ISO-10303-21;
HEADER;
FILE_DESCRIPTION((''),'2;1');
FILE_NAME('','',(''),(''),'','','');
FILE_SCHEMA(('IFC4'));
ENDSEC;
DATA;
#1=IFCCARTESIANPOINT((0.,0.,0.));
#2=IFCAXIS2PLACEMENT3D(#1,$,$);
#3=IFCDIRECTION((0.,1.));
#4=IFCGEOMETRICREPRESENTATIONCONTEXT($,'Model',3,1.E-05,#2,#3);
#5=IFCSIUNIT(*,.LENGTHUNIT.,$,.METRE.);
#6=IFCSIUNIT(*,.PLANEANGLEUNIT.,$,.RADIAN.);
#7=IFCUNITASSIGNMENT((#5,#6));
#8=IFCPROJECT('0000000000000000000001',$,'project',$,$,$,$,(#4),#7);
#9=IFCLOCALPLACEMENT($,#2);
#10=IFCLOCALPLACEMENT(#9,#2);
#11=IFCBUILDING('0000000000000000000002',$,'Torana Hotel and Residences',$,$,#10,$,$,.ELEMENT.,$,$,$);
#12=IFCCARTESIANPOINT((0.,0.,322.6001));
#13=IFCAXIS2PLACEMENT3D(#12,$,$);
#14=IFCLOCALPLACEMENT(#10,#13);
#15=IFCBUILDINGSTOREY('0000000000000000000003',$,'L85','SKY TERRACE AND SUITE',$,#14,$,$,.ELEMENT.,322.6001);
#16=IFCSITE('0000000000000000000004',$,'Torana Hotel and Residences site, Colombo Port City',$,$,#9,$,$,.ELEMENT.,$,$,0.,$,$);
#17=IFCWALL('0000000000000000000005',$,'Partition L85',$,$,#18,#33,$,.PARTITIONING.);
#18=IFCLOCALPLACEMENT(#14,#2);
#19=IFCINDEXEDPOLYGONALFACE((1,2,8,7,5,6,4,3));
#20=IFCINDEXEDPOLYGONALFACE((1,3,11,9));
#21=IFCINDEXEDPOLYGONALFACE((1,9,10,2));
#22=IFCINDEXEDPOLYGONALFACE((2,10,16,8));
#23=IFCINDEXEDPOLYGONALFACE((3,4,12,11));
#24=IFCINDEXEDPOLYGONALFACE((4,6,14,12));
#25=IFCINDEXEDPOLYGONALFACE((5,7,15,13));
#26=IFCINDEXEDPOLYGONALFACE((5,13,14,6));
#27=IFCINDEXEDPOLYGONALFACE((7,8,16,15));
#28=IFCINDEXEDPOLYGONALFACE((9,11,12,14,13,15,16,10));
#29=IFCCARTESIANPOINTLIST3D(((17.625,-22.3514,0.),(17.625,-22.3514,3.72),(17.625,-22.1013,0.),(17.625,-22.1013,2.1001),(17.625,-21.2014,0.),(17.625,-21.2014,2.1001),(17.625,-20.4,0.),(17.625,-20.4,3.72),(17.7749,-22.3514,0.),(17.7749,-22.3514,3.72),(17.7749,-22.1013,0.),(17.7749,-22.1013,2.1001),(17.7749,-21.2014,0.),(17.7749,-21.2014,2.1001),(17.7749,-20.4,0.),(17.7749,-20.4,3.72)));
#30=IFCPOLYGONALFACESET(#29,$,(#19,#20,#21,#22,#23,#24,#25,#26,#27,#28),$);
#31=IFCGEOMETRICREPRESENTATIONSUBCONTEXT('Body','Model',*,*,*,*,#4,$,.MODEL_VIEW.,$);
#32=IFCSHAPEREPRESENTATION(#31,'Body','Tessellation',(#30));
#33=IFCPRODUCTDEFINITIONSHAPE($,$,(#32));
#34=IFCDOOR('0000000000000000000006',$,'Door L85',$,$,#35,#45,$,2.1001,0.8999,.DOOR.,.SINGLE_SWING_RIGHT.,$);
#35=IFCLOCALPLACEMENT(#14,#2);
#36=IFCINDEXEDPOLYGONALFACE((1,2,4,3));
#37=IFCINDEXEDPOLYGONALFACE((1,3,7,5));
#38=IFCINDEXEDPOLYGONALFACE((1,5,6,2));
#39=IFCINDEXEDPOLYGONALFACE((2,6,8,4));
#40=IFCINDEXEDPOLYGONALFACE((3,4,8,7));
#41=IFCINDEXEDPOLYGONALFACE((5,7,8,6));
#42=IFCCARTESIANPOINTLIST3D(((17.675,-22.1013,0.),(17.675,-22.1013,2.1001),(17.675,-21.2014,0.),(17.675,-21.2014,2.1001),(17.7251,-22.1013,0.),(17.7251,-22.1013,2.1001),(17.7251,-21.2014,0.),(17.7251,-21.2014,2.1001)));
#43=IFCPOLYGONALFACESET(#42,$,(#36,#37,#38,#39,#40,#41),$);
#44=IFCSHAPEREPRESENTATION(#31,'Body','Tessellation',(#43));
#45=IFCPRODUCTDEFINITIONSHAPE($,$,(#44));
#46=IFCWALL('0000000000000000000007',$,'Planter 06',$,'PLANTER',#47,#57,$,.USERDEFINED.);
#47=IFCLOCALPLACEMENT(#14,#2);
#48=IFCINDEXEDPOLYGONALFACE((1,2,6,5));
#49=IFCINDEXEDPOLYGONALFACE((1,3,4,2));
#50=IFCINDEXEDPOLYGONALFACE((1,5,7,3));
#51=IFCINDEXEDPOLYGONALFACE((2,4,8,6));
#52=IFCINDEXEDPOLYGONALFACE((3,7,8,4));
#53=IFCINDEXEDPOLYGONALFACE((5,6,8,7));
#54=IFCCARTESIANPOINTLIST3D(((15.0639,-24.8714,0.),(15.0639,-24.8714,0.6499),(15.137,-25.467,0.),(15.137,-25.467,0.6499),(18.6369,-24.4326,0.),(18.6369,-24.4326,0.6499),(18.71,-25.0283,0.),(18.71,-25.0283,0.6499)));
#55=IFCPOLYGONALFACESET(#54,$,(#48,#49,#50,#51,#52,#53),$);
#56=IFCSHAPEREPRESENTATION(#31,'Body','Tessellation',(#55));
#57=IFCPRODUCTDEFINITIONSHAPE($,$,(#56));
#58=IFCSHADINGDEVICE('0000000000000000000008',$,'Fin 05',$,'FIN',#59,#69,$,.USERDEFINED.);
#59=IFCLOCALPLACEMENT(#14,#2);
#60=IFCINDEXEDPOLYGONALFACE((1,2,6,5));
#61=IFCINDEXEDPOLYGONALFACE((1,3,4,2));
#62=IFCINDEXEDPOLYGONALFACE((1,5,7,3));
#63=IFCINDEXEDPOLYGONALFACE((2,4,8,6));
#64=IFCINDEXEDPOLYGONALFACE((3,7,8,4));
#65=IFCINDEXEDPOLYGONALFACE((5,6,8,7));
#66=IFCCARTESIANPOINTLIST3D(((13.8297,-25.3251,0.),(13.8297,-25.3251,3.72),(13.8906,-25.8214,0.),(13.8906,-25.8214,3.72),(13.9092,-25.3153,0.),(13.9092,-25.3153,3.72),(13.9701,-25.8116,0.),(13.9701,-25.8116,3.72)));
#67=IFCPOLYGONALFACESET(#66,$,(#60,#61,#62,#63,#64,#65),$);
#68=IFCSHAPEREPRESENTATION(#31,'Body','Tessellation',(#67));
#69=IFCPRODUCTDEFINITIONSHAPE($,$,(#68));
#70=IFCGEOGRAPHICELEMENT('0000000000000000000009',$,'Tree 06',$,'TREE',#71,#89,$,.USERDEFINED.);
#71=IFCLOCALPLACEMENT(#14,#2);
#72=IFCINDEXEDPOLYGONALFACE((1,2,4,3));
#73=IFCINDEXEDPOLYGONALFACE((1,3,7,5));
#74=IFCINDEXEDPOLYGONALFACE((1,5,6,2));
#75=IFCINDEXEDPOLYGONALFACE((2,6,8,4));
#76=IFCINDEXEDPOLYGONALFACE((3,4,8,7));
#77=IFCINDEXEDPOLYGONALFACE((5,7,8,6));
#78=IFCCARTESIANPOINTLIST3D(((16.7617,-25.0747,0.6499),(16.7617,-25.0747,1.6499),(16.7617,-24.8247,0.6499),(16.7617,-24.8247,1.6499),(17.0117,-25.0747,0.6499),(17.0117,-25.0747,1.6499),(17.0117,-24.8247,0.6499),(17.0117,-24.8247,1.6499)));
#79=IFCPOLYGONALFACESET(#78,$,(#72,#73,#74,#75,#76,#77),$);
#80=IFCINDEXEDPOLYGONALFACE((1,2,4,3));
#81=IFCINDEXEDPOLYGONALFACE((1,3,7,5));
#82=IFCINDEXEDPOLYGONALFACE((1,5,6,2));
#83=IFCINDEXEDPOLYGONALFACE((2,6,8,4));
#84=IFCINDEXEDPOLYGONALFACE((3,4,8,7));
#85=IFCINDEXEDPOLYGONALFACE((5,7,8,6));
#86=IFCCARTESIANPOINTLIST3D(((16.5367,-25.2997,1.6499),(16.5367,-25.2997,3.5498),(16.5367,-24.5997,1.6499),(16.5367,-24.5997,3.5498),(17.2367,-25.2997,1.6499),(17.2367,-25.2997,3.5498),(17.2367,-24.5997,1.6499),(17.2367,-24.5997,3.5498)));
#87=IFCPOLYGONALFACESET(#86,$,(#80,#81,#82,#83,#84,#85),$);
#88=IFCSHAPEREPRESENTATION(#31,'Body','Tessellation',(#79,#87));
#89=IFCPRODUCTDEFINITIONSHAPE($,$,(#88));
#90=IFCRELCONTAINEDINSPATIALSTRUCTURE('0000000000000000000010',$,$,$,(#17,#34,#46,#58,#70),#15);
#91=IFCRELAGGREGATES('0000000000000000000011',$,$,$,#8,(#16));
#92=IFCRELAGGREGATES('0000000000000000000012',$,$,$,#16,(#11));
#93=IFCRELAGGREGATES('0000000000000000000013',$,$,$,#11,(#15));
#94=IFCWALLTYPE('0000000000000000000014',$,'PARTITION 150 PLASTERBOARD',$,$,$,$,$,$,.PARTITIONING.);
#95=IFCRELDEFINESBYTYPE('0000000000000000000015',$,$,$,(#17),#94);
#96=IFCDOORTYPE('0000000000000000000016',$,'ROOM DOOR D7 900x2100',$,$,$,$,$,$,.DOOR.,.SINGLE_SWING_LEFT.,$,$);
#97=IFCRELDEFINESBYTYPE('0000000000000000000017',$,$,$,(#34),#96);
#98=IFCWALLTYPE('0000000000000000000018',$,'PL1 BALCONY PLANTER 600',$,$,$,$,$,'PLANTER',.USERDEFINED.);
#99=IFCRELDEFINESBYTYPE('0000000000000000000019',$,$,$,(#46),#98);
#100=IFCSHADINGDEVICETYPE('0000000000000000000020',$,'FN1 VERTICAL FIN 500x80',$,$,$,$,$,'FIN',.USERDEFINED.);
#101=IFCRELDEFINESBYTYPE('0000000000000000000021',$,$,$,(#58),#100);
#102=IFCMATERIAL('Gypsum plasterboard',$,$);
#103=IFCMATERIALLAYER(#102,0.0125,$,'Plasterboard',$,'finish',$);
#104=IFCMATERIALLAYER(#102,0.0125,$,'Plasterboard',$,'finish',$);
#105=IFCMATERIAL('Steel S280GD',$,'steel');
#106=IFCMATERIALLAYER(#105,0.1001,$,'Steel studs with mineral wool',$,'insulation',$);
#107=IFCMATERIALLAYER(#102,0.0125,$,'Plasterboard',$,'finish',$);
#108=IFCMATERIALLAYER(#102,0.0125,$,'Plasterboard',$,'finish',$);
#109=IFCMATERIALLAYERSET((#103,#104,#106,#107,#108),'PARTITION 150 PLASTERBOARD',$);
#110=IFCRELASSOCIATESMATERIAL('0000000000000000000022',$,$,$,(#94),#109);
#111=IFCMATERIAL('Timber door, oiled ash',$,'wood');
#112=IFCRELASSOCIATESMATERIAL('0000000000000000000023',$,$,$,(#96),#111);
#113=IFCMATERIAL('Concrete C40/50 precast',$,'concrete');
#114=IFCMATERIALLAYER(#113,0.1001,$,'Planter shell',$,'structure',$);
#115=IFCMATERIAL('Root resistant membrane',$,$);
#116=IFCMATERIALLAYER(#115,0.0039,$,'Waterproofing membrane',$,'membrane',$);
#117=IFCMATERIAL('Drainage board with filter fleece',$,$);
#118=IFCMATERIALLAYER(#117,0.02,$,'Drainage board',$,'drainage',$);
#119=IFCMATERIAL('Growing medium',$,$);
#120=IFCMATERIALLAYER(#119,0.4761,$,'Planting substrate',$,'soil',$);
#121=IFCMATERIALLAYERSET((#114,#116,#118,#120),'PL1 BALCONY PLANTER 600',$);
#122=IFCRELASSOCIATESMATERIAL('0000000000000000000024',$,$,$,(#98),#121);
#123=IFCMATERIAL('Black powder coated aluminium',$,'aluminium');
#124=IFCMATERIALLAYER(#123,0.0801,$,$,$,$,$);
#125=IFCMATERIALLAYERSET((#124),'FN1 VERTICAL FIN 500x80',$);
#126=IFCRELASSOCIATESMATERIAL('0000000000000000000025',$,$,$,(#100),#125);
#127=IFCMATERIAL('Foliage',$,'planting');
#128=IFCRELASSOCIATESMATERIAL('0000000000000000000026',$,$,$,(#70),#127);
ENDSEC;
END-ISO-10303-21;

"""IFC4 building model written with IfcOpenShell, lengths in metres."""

from ifc_helpers import new_model, si_unit, direction, frame, frame_2d, origin, origin_2d, place, context, subcontext, project, spatial, rectangle, extrude, material, layer, layer_set, type_object, element, fill, save


model = new_model("IFC4")

# Units and contexts
model_context = context("Model", 3, precision=1e-05, world=origin(), true_north=direction((0.0, 1.0)))
body_context = subcontext(model_context, "Body", "Model", "MODEL_VIEW")
ifc_project = project(units=[si_unit("LENGTHUNIT", "METRE"), si_unit("PLANEANGLEUNIT", "RADIAN")], contexts=[model_context])

# Site, building, storey
site_placement = place(None, origin())
site = spatial("IfcSite", under=ifc_project, at=site_placement, Name="Torana Hotel and Residences site, Colombo Port City", CompositionType="ELEMENT", RefElevation=0.0)
building_placement = place(site_placement, origin())
building = spatial("IfcBuilding", under=site, at=building_placement, Name="Torana Hotel and Residences", CompositionType="ELEMENT")
storey_placement = place(building_placement, frame((0.0, 0.0, 322.6001)))
storey = spatial("IfcBuildingStorey", under=building, at=storey_placement, Name="L85", Description="SKY TERRACE AND SUITE", CompositionType="ELEMENT", Elevation=322.6001)

# Shared definitions
ifc_material_1 = material(Name="Steel S280GD", Category="steel")

# Wall, opening, door
ifc_material_2 = material(Name="Gypsum plasterboard")
ifc_layer_1 = layer(ifc_material_2, 0.0125, Name="Plasterboard", Category="finish")
ifc_layer_2 = layer(ifc_material_2, 0.0125, Name="Plasterboard", Category="finish")
ifc_layer_3 = layer(ifc_material_1, 0.1001, Name="Steel studs with mineral wool", Category="insulation")
ifc_layer_4 = layer(ifc_material_2, 0.0125, Name="Plasterboard", Category="finish")
ifc_layer_5 = layer(ifc_material_2, 0.0125, Name="Plasterboard", Category="finish")
ifc_layer_set_1 = layer_set([ifc_layer_1, ifc_layer_2, ifc_layer_3, ifc_layer_4, ifc_layer_5], Name="PARTITION 150 PLASTERBOARD")
wall_type_1 = type_object("IfcWallType", Name="PARTITION 150 PLASTERBOARD", PredefinedType="PARTITIONING", material=ifc_layer_set_1)
wall_1_placement = place(storey_placement, frame((17.7, -22.3513, 0.0), z_axis=(0.0, 0.0, 1.0), x_axis=(0.0, 1.0, 0.0)))
wall_1 = element("IfcWall", 1, at=wall_1_placement, inside=storey, type_object=wall_type_1, Name="Partition L85", PredefinedType="PARTITIONING", context=body_context, shape_type="SweptSolid", body=[
    extrude(rectangle(XDim=1.9514, YDim=0.1499, at=frame_2d((0.9756, 0.0))), origin(), (0.0, 0.0, 1.0), 3.72),
])
opening_1_placement = place(wall_1_placement, frame((0.25, 0.0, 0.0)))
opening_1 = element("IfcOpeningElement", 2, at=opening_1_placement, cuts=wall_1, PredefinedType="OPENING", context=body_context, shape_type="SweptSolid", body=[
    extrude(rectangle(XDim=0.8999, YDim=2.1001, at=frame_2d((0.45, 1.05))), frame((0.0, 0.085, 0.0), z_axis=(0.0, -1.0, 0.0), x_axis=(1.0, 0.0, 0.0)), (0.0, 0.0, 1.0), 0.1699),
])
ifc_material_3 = material(Name="Timber door, oiled ash", Category="wood")
door_type_1 = type_object("IfcDoorType", Name="ROOM DOOR D7 900x2100", OperationType="SINGLE_SWING_LEFT", PredefinedType="DOOR", material=ifc_material_3)
door_1_placement = place(opening_1_placement, origin())
door_1 = element("IfcDoor", 3, at=door_1_placement, inside=storey, type_object=door_type_1, Name="Door L85", OperationType="SINGLE_SWING_RIGHT", OverallHeight=2.1001, OverallWidth=0.8999, PredefinedType="DOOR", context=body_context, shape_type="SweptSolid", body=[
    extrude(rectangle(XDim=0.8999, YDim=2.1001, at=frame_2d((0.45, 1.05))), frame((0.0, 0.0249, 0.0), z_axis=(0.0, -1.0, 0.0), x_axis=(1.0, 0.0, 0.0)), (0.0, 0.0, 1.0), 0.05),
])
fill(opening_1, door_1)

# Wall
ifc_material_4 = material(Name="Concrete C40/50 precast", Category="concrete")
ifc_layer_6 = layer(ifc_material_4, 0.1001, Name="Planter shell", Category="structure")
ifc_material_5 = material(Name="Root resistant membrane")
ifc_layer_7 = layer(ifc_material_5, 0.0039, Name="Waterproofing membrane", Category="membrane")
ifc_material_6 = material(Name="Drainage board with filter fleece")
ifc_layer_8 = layer(ifc_material_6, 0.02, Name="Drainage board", Category="drainage")
ifc_material_7 = material(Name="Growing medium")
ifc_layer_9 = layer(ifc_material_7, 0.4761, Name="Planting substrate", Category="soil")
ifc_layer_set_2 = layer_set([ifc_layer_6, ifc_layer_7, ifc_layer_8, ifc_layer_9], Name="PL1 BALCONY PLANTER 600")
wall_type_2 = type_object("IfcWallType", Name="PL1 BALCONY PLANTER 600", ElementType="PLANTER", PredefinedType="USERDEFINED", material=ifc_layer_set_2)
wall_2_placement = place(storey_placement, frame((18.6733, -24.7305, 0.0), z_axis=(0.0, 0.0, 1.0), x_axis=(-0.992546, -0.121873, 0.0)))
element("IfcWall", 4, at=wall_2_placement, inside=storey, type_object=wall_type_2, Name="Planter 06", ObjectType="PLANTER", PredefinedType="USERDEFINED", context=body_context, shape_type="SweptSolid", body=[
    extrude(rectangle(XDim=3.5999, YDim=0.6001, at=frame_2d((1.7998, 0.0))), origin(), (0.0, 0.0, 1.0), 0.6499),
])

# Shading device
ifc_material_8 = material(Name="Black powder coated aluminium", Category="aluminium")
ifc_layer_10 = layer(ifc_material_8, 0.0801)
ifc_layer_set_3 = layer_set([ifc_layer_10], Name="FN1 VERTICAL FIN 500x80")
shading_device_type = type_object("IfcShadingDeviceType", Name="FN1 VERTICAL FIN 500x80", ElementType="FIN", PredefinedType="USERDEFINED", material=ifc_layer_set_3)
shading_device_placement = place(storey_placement, frame((13.8999, -25.5684, 0.0), z_axis=(0.0, 0.0, 1.0), x_axis=(-0.992547, -0.121866, 0.0)))
element("IfcShadingDevice", 5, at=shading_device_placement, inside=storey, type_object=shading_device_type, Name="Fin 05", ObjectType="FIN", PredefinedType="USERDEFINED", context=body_context, shape_type="SweptSolid", body=[
    extrude(rectangle(XDim=0.0801, YDim=0.5, at=origin_2d()), origin(), (0.0, 0.0, 1.0), 3.72),
])

# Geographic element
ifc_material_9 = material(Name="Foliage", Category="planting")
geographic_element_placement = place(storey_placement, frame((16.8867, -24.9497, 0.6499), z_axis=(0.0, 0.0, 1.0), x_axis=(1.0, 0.0, 0.0)))
element("IfcGeographicElement", 6, at=geographic_element_placement, inside=storey, material=ifc_material_9, Name="Tree 06", ObjectType="TREE", PredefinedType="USERDEFINED", context=body_context, shape_type="SweptSolid", body=[
    extrude(rectangle(XDim=0.25, YDim=0.25, at=origin_2d()), origin(), (0.0, 0.0, 1.0), 1.0),
    extrude(rectangle(XDim=0.7, YDim=0.7, at=origin_2d()), frame((0.0, 0.0, 1.0)), (0.0, 0.0, 1.0), 1.8999),
])

save(model, "model.ifc")
